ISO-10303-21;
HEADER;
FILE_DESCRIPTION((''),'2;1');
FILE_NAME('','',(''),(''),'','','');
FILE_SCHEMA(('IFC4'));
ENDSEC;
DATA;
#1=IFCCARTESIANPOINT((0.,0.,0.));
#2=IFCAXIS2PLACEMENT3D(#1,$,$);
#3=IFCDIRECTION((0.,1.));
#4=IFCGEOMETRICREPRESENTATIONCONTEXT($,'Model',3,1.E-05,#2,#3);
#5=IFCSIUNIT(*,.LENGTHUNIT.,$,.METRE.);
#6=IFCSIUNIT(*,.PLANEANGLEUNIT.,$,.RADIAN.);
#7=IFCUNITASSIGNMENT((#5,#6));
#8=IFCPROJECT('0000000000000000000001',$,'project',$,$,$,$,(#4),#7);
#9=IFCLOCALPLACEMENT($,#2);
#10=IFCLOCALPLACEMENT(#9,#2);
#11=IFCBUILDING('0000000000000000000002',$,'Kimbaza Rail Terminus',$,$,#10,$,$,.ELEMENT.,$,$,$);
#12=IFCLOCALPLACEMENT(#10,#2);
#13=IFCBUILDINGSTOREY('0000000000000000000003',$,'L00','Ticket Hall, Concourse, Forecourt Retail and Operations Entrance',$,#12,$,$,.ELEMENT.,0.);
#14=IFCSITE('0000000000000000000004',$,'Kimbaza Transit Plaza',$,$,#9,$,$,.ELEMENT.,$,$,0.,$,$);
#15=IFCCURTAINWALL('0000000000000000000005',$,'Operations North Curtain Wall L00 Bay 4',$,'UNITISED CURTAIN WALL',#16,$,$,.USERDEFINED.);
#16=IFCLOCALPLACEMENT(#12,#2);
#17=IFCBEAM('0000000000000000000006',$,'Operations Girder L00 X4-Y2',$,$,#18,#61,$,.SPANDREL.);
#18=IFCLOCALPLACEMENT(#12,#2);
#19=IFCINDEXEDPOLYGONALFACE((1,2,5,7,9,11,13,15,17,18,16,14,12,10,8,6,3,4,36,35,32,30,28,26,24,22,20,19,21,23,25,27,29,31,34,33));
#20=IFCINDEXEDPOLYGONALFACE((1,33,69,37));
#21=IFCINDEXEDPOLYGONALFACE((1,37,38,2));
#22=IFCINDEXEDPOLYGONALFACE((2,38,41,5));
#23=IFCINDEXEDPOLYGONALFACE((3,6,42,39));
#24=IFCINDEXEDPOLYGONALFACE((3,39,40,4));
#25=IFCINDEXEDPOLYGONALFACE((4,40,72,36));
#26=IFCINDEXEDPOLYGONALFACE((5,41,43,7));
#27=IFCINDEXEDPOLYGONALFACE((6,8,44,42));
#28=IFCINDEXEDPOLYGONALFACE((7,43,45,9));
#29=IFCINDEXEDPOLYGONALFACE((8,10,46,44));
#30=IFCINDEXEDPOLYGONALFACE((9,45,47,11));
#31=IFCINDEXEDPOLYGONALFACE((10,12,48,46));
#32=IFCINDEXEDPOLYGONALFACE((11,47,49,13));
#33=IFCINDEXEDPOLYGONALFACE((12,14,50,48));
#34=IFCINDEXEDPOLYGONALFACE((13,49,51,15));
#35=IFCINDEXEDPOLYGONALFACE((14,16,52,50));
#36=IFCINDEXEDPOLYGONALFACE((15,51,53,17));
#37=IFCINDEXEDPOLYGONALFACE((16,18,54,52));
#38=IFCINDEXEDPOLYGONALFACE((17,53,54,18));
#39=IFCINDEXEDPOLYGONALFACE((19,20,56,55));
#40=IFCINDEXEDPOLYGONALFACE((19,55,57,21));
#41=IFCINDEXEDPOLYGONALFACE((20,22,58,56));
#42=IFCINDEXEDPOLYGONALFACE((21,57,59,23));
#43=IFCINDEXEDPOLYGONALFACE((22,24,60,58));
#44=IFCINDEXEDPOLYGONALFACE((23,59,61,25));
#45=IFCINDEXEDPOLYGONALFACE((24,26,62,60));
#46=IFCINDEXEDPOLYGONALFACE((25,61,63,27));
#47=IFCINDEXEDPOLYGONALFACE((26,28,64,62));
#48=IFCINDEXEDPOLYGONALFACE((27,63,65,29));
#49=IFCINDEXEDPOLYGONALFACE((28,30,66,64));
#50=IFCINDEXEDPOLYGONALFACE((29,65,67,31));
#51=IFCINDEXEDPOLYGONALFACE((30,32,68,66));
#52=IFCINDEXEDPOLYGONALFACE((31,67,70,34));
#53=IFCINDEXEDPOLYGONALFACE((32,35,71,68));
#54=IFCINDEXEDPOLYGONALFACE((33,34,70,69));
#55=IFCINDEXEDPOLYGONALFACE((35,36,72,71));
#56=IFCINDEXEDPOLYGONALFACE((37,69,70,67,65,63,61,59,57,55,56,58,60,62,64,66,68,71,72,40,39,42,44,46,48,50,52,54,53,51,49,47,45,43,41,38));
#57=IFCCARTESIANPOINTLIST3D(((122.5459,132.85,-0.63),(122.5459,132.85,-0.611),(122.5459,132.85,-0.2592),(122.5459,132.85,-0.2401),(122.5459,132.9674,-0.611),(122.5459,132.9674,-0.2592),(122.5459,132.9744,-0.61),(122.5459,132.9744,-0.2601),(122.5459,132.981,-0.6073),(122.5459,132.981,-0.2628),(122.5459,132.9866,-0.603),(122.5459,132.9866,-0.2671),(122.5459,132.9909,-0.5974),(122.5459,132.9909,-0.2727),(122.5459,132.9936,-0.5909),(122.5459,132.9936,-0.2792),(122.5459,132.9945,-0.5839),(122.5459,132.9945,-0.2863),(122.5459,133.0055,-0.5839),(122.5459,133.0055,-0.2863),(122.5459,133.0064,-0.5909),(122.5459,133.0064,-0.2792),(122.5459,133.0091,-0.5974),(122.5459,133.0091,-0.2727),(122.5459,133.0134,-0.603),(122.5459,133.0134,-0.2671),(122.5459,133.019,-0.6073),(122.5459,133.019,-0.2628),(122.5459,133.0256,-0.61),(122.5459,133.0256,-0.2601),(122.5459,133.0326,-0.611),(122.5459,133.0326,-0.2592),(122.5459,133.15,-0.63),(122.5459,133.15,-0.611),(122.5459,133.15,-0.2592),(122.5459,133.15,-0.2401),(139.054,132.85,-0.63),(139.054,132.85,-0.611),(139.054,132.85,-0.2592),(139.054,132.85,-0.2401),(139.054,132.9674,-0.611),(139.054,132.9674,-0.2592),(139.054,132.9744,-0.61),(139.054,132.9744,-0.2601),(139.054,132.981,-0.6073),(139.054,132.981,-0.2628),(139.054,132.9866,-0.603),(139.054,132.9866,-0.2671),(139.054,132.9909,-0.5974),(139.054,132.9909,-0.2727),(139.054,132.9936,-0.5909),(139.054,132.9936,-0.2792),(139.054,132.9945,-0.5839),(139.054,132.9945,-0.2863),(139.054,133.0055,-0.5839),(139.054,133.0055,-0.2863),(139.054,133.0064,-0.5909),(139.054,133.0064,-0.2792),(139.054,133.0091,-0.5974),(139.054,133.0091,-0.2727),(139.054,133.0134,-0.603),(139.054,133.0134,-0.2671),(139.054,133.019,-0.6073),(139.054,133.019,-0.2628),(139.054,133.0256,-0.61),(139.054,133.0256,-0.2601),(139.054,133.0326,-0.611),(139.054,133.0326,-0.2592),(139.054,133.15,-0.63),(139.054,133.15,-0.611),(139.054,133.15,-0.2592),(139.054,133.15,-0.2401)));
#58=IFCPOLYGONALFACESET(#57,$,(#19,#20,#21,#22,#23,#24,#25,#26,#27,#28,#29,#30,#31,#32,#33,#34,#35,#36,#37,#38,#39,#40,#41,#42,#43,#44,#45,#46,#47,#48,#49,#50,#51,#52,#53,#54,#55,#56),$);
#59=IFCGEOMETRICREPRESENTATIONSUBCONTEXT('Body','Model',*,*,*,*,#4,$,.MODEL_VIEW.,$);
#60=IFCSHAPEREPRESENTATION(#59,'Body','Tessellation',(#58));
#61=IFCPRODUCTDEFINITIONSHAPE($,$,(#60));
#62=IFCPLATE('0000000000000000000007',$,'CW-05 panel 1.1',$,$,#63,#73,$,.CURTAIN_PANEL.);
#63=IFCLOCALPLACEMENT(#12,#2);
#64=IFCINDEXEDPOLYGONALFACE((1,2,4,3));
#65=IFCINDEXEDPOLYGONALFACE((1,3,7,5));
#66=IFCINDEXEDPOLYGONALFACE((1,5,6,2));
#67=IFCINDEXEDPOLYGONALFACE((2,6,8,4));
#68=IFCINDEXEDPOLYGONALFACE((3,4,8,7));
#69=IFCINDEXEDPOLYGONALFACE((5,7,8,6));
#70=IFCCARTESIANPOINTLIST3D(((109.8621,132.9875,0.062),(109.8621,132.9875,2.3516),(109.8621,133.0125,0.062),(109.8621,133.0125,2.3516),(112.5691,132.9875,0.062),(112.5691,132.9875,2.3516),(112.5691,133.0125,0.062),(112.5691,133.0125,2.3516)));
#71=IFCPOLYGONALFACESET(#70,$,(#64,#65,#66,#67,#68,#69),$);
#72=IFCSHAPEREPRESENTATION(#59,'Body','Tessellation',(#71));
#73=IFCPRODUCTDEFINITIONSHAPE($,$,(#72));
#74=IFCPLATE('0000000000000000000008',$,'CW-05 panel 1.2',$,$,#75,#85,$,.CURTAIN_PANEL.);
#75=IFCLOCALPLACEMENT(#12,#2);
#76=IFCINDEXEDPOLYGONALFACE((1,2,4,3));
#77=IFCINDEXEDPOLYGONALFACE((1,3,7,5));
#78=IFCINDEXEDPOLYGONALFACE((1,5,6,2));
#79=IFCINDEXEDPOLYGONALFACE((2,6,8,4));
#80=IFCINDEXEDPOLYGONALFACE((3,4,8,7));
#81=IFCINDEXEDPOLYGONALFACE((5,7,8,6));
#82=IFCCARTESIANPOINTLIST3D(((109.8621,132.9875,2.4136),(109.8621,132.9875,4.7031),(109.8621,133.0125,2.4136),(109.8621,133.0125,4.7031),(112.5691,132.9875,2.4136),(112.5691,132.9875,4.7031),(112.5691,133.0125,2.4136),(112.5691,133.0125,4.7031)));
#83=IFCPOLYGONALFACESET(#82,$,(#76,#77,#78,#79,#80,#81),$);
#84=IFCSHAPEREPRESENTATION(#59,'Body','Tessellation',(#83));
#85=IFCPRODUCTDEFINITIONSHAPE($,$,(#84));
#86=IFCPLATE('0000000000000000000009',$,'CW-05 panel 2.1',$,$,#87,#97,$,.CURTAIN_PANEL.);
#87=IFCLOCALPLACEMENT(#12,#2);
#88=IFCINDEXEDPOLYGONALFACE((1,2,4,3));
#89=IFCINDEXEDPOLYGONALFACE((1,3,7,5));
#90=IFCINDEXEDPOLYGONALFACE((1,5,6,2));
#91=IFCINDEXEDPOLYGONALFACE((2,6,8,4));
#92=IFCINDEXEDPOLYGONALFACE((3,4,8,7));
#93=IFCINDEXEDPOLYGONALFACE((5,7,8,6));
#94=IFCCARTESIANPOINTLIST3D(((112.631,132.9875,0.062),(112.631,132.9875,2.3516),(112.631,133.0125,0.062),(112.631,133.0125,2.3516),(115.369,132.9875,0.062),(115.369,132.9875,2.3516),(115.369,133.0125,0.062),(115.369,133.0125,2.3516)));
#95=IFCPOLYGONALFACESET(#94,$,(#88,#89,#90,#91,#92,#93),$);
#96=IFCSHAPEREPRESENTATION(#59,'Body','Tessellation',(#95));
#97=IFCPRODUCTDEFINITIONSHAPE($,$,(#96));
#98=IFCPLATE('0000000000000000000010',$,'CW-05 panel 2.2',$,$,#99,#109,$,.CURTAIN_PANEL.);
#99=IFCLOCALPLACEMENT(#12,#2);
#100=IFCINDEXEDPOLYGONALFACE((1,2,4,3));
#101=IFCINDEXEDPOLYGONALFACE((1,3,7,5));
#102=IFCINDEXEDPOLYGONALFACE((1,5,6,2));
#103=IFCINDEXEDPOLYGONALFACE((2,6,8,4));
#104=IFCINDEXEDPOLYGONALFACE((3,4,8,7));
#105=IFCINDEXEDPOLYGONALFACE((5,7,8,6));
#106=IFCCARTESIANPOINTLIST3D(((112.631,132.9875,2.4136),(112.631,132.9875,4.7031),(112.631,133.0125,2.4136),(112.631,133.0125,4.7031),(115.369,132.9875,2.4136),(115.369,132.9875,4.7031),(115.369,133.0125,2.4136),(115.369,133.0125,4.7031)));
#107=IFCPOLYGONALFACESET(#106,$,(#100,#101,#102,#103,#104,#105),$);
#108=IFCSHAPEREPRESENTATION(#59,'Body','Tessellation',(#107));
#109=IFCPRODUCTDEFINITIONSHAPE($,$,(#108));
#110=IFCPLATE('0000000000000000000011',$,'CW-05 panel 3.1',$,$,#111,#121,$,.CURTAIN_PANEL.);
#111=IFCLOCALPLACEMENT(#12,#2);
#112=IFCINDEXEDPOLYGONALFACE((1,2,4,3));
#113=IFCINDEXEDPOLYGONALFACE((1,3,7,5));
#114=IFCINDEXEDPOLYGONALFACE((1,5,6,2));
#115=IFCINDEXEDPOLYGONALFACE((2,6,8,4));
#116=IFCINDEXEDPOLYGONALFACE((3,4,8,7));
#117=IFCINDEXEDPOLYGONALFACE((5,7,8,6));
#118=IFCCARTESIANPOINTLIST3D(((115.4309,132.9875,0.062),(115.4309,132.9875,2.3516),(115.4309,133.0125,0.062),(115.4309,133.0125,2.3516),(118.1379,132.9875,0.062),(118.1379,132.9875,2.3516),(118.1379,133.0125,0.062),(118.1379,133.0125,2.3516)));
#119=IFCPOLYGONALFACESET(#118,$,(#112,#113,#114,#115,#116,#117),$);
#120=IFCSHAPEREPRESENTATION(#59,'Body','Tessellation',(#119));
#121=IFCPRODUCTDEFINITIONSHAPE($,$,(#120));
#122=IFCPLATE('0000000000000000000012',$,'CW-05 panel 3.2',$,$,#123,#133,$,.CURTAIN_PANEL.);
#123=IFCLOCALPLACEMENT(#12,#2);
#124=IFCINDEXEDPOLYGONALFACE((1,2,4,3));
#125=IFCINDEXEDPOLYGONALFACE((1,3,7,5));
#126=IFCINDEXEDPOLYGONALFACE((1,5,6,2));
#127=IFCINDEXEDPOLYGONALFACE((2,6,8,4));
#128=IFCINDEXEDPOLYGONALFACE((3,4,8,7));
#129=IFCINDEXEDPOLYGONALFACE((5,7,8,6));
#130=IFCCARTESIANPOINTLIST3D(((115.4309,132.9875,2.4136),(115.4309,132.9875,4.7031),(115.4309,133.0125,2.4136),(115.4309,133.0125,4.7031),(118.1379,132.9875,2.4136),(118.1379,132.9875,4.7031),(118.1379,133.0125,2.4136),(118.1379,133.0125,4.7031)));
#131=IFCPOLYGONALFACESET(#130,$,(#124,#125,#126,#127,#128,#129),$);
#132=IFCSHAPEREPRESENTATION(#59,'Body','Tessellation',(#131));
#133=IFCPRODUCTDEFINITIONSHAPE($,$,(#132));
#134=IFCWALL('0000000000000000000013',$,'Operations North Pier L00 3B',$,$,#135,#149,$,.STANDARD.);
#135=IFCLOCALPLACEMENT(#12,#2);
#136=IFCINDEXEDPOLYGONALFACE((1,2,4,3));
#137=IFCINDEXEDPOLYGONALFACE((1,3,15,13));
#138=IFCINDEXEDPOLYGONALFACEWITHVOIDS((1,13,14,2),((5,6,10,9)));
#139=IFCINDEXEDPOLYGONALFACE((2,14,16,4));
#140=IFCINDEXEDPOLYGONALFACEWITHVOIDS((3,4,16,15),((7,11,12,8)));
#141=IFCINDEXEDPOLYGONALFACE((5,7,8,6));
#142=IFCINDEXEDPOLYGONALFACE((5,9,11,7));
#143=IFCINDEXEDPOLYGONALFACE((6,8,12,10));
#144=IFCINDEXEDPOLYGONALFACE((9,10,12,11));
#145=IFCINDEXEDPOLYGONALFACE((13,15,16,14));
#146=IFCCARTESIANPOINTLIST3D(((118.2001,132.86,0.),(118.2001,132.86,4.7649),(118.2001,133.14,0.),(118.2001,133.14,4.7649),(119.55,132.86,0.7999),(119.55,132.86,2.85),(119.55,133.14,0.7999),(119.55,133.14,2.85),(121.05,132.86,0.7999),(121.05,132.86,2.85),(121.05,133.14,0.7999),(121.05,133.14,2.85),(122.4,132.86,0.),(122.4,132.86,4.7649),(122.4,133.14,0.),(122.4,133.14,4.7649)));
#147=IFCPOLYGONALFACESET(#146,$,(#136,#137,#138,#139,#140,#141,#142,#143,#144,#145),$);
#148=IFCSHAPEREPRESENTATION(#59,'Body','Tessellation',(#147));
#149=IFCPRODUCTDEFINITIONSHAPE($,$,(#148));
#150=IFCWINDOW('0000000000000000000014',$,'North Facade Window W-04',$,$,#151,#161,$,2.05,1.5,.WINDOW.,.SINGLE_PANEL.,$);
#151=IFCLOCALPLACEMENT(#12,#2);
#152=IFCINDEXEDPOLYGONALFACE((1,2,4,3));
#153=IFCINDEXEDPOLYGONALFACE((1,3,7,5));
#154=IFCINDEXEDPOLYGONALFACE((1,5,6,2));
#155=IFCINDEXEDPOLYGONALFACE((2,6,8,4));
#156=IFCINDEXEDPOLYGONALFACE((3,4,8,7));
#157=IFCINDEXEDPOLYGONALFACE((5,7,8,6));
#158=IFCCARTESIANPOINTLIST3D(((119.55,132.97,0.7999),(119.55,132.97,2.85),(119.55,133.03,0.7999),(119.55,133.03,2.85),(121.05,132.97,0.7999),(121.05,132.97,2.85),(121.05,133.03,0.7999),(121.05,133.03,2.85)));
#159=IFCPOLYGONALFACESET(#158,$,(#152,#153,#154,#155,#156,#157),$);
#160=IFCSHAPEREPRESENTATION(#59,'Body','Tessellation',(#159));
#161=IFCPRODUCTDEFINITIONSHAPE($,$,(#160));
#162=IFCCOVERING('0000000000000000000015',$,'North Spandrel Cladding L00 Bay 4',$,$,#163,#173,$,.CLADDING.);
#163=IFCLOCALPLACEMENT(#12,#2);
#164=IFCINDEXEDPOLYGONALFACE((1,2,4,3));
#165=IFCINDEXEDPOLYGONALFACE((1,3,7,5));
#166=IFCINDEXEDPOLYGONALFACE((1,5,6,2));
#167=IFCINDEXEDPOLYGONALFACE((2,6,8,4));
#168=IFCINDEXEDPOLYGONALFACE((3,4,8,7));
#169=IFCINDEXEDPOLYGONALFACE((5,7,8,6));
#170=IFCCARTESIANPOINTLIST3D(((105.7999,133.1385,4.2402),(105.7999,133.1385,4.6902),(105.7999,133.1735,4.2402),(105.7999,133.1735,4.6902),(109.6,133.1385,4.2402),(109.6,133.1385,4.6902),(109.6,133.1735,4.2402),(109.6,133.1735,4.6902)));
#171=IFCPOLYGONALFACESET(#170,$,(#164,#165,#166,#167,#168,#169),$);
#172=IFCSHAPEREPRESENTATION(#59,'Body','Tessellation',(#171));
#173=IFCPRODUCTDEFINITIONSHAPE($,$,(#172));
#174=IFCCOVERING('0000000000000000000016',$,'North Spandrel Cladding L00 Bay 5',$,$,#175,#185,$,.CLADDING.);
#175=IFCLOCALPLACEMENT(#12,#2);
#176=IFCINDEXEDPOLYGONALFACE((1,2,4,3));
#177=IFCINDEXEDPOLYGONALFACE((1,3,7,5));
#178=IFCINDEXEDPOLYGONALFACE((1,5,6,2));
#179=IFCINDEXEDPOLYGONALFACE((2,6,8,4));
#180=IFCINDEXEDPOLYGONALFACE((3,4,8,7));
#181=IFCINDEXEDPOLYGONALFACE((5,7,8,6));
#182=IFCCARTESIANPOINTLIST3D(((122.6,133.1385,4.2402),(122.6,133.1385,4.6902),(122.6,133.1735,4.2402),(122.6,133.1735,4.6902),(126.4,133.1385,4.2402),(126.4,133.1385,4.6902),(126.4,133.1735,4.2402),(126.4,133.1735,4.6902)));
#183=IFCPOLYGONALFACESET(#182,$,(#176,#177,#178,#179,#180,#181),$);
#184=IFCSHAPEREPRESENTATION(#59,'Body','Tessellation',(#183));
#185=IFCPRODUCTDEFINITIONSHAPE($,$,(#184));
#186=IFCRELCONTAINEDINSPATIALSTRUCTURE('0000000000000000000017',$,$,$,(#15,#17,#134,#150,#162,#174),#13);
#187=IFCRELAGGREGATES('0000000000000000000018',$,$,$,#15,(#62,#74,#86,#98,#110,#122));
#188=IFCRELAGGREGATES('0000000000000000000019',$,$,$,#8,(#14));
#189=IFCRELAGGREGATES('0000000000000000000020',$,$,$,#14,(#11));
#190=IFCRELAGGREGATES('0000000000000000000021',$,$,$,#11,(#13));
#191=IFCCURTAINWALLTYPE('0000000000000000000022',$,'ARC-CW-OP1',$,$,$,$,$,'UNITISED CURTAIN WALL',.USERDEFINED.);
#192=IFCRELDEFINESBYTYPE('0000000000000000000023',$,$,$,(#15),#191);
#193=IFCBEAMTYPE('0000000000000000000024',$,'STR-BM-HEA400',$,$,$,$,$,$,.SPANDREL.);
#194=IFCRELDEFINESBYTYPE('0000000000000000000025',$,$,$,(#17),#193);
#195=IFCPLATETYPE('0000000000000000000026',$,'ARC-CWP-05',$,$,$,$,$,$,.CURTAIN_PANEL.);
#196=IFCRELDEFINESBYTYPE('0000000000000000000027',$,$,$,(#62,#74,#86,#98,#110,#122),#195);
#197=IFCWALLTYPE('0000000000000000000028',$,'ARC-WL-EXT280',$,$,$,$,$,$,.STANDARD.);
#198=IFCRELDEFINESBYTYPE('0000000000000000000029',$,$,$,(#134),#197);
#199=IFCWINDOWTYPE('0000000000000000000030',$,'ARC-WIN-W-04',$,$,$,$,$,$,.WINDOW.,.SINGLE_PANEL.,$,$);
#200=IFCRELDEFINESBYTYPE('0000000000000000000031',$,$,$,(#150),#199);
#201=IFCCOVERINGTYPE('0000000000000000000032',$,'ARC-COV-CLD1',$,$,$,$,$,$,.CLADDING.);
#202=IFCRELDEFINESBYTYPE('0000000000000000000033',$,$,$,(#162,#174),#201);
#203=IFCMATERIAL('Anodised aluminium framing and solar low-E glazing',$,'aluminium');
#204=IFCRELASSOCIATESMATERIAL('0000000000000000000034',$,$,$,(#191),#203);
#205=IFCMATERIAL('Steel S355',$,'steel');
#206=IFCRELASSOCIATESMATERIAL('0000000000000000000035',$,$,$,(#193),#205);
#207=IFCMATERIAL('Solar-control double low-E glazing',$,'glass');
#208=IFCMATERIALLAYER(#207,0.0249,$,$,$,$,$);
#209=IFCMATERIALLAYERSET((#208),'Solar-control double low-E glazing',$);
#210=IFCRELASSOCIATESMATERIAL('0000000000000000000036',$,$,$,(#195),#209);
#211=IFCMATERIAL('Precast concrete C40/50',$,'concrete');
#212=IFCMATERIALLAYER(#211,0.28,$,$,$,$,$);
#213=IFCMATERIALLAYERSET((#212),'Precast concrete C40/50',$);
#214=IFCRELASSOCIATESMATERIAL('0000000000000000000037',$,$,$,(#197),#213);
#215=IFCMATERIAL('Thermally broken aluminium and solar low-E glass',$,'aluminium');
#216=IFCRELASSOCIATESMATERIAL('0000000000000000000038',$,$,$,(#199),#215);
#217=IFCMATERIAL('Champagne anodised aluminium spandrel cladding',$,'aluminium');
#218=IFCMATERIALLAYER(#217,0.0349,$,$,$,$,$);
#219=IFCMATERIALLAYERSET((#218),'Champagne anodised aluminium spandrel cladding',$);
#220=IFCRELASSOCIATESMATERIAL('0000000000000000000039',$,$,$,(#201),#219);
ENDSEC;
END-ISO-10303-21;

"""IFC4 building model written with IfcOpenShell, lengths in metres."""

from ifc_helpers import new_model, si_unit, direction, frame, frame_2d, origin, origin_2d, place, context, subcontext, project, spatial, rectangle, i_section, extrude, material, layer, layer_set, material_profile, profile_set, type_object, element, fill, aggregate, save


model = new_model("IFC4")

# Units and contexts
model_context = context("Model", 3, precision=1e-05, world=origin(), true_north=direction((0.0, 1.0)))
body_context = subcontext(model_context, "Body", "Model", "MODEL_VIEW")
ifc_project = project(units=[si_unit("LENGTHUNIT", "METRE"), si_unit("PLANEANGLEUNIT", "RADIAN")], contexts=[model_context])

# Site, building, storey
site_placement = place(None, origin())
site = spatial("IfcSite", under=ifc_project, at=site_placement, Name="Kimbaza Transit Plaza", CompositionType="ELEMENT", RefElevation=0.0)
building_placement = place(site_placement, origin())
building = spatial("IfcBuilding", under=site, at=building_placement, Name="Kimbaza Rail Terminus", CompositionType="ELEMENT")
storey_placement = place(building_placement, origin())
storey = spatial("IfcBuildingStorey", under=building, at=storey_placement, Name="L00", Description="Ticket Hall, Concourse, Forecourt Retail and Operations Entrance", CompositionType="ELEMENT", Elevation=0.0)

# Curtain wall
ifc_material_1 = material(Name="Anodised aluminium framing and solar low-E glazing", Category="aluminium")
curtain_wall_type = type_object("IfcCurtainWallType", Name="ARC-CW-OP1", ElementType="UNITISED CURTAIN WALL", PredefinedType="USERDEFINED", material=ifc_material_1)
curtain_wall_1_placement = place(storey_placement, origin())
curtain_wall_1 = element("IfcCurtainWall", 1, at=curtain_wall_1_placement, inside=storey, type_object=curtain_wall_type, Name="Operations North Curtain Wall L00 Bay 4", ObjectType="UNITISED CURTAIN WALL", PredefinedType="USERDEFINED")

# Beam
ifc_material_2 = material(Name="Steel S355", Category="steel")
ifc_material_profile_1 = material_profile(ifc_material_2, i_section(OverallWidth=0.3, OverallDepth=0.3899, WebThickness=0.011, FlangeThickness=0.019, FilletRadius=0.0271, at=origin_2d()), Name="HEA 400")
ifc_profile_set_1 = profile_set([ifc_material_profile_1], Name="Steel S355")
beam_type = type_object("IfcBeamType", Name="STR-BM-HEA400", PredefinedType="SPANDREL", material=ifc_profile_set_1)
beam_placement = place(storey_placement, frame((122.5459, 133.0, -0.4351), z_axis=(1.0, 0.0, 0.0), x_axis=(0.0, 1.0, 0.0)))
element("IfcBeam", 2, at=beam_placement, inside=storey, type_object=beam_type, Name="Operations Girder L00 X4-Y2", PredefinedType="SPANDREL", context=body_context, shape_type="SweptSolid", body=[
    extrude(i_section(OverallWidth=0.3, OverallDepth=0.3899, WebThickness=0.011, FlangeThickness=0.019, FilletRadius=0.0271, at=origin_2d()), origin(), (0.0, 0.0, 1.0), 16.5081),
])

# Plates
ifc_material_3 = material(Name="Solar-control double low-E glazing", Category="glass")
ifc_layer_1 = layer(ifc_material_3, 0.0249)
ifc_layer_set_1 = layer_set([ifc_layer_1], Name="Solar-control double low-E glazing")
plate_type = type_object("IfcPlateType", Name="ARC-CWP-05", PredefinedType="CURTAIN_PANEL", material=ifc_layer_set_1)
plate_1_placement = place(storey_placement, frame((111.2156, 133.0, 0.062), z_axis=(0.0, 0.0, 1.0), x_axis=(1.0, 0.0, 0.0)))
plate_1 = element("IfcPlate", 3, at=plate_1_placement, type_object=plate_type, Name="CW-05 panel 1.1", PredefinedType="CURTAIN_PANEL", context=body_context, shape_type="SweptSolid", body=[
    extrude(rectangle(XDim=2.707, YDim=0.0249, at=origin_2d()), origin(), (0.0, 0.0, 1.0), 2.2896),
])
plate_2_placement = place(storey_placement, frame((111.2156, 133.0, 2.4136), z_axis=(0.0, 0.0, 1.0), x_axis=(1.0, 0.0, 0.0)))
plate_2 = element("IfcPlate", 4, at=plate_2_placement, type_object=plate_type, Name="CW-05 panel 1.2", PredefinedType="CURTAIN_PANEL", context=body_context, shape_type="SweptSolid", body=[
    extrude(rectangle(XDim=2.707, YDim=0.0249, at=origin_2d()), origin(), (0.0, 0.0, 1.0), 2.2896),
])
plate_3_placement = place(storey_placement, frame((114.0, 133.0, 0.062), z_axis=(0.0, 0.0, 1.0), x_axis=(1.0, 0.0, 0.0)))
plate_3 = element("IfcPlate", 5, at=plate_3_placement, type_object=plate_type, Name="CW-05 panel 2.1", PredefinedType="CURTAIN_PANEL", context=body_context, shape_type="SweptSolid", body=[
    extrude(rectangle(XDim=2.738, YDim=0.0249, at=origin_2d()), origin(), (0.0, 0.0, 1.0), 2.2896),
])
plate_4_placement = place(storey_placement, frame((114.0, 133.0, 2.4136), z_axis=(0.0, 0.0, 1.0), x_axis=(1.0, 0.0, 0.0)))
plate_4 = element("IfcPlate", 6, at=plate_4_placement, type_object=plate_type, Name="CW-05 panel 2.2", PredefinedType="CURTAIN_PANEL", context=body_context, shape_type="SweptSolid", body=[
    extrude(rectangle(XDim=2.738, YDim=0.0249, at=origin_2d()), origin(), (0.0, 0.0, 1.0), 2.2896),
])
plate_5_placement = place(storey_placement, frame((116.7844, 133.0, 0.062), z_axis=(0.0, 0.0, 1.0), x_axis=(1.0, 0.0, 0.0)))
plate_5 = element("IfcPlate", 7, at=plate_5_placement, type_object=plate_type, Name="CW-05 panel 3.1", PredefinedType="CURTAIN_PANEL", context=body_context, shape_type="SweptSolid", body=[
    extrude(rectangle(XDim=2.707, YDim=0.0249, at=origin_2d()), origin(), (0.0, 0.0, 1.0), 2.2896),
])
plate_6_placement = place(storey_placement, frame((116.7844, 133.0, 2.4136), z_axis=(0.0, 0.0, 1.0), x_axis=(1.0, 0.0, 0.0)))
plate_6 = element("IfcPlate", 8, at=plate_6_placement, type_object=plate_type, Name="CW-05 panel 3.2", PredefinedType="CURTAIN_PANEL", context=body_context, shape_type="SweptSolid", body=[
    extrude(rectangle(XDim=2.707, YDim=0.0249, at=origin_2d()), origin(), (0.0, 0.0, 1.0), 2.2896),
])
aggregate(curtain_wall_1, [plate_1, plate_2, plate_3, plate_4, plate_5, plate_6])

# Wall, opening, window
ifc_material_4 = material(Name="Precast concrete C40/50", Category="concrete")
ifc_layer_2 = layer(ifc_material_4, 0.28)
ifc_layer_set_2 = layer_set([ifc_layer_2], Name="Precast concrete C40/50")
wall_type = type_object("IfcWallType", Name="ARC-WL-EXT280", PredefinedType="STANDARD", material=ifc_layer_set_2)
wall_1_placement = place(storey_placement, frame((118.2, 133.0, 0.0), z_axis=(0.0, 0.0, 1.0), x_axis=(1.0, 0.0, 0.0)))
wall_1 = element("IfcWall", 9, at=wall_1_placement, inside=storey, type_object=wall_type, Name="Operations North Pier L00 3B", PredefinedType="STANDARD", context=body_context, shape_type="SweptSolid", body=[
    extrude(rectangle(XDim=4.2, YDim=0.28, at=frame_2d((2.1001, 0.0))), origin(), (0.0, 0.0, 1.0), 4.7649),
])
opening_1_placement = place(wall_1_placement, frame((1.3501, 0.0, 0.8)))
opening_1 = element("IfcOpeningElement", 10, at=opening_1_placement, cuts=wall_1, PredefinedType="OPENING", context=body_context, shape_type="SweptSolid", body=[
    extrude(rectangle(XDim=1.5, YDim=2.05, at=frame_2d((0.75, 1.0249))), frame((0.0, 0.1499, 0.0), z_axis=(0.0, -1.0, 0.0), x_axis=(1.0, 0.0, 0.0)), (0.0, 0.0, 1.0), 0.3),
])
ifc_material_5 = material(Name="Thermally broken aluminium and solar low-E glass", Category="aluminium")
window_type = type_object("IfcWindowType", Name="ARC-WIN-W-04", PartitioningType="SINGLE_PANEL", PredefinedType="WINDOW", material=ifc_material_5)
window_placement = place(opening_1_placement, origin())
window = element("IfcWindow", 11, at=window_placement, inside=storey, type_object=window_type, Name="North Facade Window W-04", OverallHeight=2.05, OverallWidth=1.5, PartitioningType="SINGLE_PANEL", PredefinedType="WINDOW", context=body_context, shape_type="SweptSolid", body=[
    extrude(rectangle(XDim=1.5, YDim=2.05, at=frame_2d((0.75, 1.0249))), frame((0.0, 0.03, 0.0), z_axis=(0.0, -1.0, 0.0), x_axis=(1.0, 0.0, 0.0)), (0.0, 0.0, 1.0), 0.0601),
])
fill(opening_1, window)

# Coverings
ifc_material_6 = material(Name="Champagne anodised aluminium spandrel cladding", Category="aluminium")
ifc_layer_3 = layer(ifc_material_6, 0.0349)
ifc_layer_set_3 = layer_set([ifc_layer_3], Name="Champagne anodised aluminium spandrel cladding")
covering_type = type_object("IfcCoveringType", Name="ARC-COV-CLD1", PredefinedType="CLADDING", material=ifc_layer_set_3)
for number, where, z_axis, x_axis, name in (
    (12, (107.7, 133.156, 4.2402), (0.0, 0.0, 1.0), (1.0, 0.0, 0.0), "North Spandrel Cladding L00 Bay 4"),
    (13, (124.5, 133.156, 4.2402), (0.0, 0.0, 1.0), (1.0, 0.0, 0.0), "North Spandrel Cladding L00 Bay 5"),
):
    element("IfcCovering", number, at=place(storey_placement, frame(where, z_axis=z_axis, x_axis=x_axis)), inside=storey, type_object=covering_type, Name=name, PredefinedType="CLADDING", context=body_context, shape_type="SweptSolid", body=[
        extrude(rectangle(XDim=3.8, YDim=0.0349, at=origin_2d()), origin(), (0.0, 0.0, 1.0), 0.45),
    ])

save(model, "model.ifc")
